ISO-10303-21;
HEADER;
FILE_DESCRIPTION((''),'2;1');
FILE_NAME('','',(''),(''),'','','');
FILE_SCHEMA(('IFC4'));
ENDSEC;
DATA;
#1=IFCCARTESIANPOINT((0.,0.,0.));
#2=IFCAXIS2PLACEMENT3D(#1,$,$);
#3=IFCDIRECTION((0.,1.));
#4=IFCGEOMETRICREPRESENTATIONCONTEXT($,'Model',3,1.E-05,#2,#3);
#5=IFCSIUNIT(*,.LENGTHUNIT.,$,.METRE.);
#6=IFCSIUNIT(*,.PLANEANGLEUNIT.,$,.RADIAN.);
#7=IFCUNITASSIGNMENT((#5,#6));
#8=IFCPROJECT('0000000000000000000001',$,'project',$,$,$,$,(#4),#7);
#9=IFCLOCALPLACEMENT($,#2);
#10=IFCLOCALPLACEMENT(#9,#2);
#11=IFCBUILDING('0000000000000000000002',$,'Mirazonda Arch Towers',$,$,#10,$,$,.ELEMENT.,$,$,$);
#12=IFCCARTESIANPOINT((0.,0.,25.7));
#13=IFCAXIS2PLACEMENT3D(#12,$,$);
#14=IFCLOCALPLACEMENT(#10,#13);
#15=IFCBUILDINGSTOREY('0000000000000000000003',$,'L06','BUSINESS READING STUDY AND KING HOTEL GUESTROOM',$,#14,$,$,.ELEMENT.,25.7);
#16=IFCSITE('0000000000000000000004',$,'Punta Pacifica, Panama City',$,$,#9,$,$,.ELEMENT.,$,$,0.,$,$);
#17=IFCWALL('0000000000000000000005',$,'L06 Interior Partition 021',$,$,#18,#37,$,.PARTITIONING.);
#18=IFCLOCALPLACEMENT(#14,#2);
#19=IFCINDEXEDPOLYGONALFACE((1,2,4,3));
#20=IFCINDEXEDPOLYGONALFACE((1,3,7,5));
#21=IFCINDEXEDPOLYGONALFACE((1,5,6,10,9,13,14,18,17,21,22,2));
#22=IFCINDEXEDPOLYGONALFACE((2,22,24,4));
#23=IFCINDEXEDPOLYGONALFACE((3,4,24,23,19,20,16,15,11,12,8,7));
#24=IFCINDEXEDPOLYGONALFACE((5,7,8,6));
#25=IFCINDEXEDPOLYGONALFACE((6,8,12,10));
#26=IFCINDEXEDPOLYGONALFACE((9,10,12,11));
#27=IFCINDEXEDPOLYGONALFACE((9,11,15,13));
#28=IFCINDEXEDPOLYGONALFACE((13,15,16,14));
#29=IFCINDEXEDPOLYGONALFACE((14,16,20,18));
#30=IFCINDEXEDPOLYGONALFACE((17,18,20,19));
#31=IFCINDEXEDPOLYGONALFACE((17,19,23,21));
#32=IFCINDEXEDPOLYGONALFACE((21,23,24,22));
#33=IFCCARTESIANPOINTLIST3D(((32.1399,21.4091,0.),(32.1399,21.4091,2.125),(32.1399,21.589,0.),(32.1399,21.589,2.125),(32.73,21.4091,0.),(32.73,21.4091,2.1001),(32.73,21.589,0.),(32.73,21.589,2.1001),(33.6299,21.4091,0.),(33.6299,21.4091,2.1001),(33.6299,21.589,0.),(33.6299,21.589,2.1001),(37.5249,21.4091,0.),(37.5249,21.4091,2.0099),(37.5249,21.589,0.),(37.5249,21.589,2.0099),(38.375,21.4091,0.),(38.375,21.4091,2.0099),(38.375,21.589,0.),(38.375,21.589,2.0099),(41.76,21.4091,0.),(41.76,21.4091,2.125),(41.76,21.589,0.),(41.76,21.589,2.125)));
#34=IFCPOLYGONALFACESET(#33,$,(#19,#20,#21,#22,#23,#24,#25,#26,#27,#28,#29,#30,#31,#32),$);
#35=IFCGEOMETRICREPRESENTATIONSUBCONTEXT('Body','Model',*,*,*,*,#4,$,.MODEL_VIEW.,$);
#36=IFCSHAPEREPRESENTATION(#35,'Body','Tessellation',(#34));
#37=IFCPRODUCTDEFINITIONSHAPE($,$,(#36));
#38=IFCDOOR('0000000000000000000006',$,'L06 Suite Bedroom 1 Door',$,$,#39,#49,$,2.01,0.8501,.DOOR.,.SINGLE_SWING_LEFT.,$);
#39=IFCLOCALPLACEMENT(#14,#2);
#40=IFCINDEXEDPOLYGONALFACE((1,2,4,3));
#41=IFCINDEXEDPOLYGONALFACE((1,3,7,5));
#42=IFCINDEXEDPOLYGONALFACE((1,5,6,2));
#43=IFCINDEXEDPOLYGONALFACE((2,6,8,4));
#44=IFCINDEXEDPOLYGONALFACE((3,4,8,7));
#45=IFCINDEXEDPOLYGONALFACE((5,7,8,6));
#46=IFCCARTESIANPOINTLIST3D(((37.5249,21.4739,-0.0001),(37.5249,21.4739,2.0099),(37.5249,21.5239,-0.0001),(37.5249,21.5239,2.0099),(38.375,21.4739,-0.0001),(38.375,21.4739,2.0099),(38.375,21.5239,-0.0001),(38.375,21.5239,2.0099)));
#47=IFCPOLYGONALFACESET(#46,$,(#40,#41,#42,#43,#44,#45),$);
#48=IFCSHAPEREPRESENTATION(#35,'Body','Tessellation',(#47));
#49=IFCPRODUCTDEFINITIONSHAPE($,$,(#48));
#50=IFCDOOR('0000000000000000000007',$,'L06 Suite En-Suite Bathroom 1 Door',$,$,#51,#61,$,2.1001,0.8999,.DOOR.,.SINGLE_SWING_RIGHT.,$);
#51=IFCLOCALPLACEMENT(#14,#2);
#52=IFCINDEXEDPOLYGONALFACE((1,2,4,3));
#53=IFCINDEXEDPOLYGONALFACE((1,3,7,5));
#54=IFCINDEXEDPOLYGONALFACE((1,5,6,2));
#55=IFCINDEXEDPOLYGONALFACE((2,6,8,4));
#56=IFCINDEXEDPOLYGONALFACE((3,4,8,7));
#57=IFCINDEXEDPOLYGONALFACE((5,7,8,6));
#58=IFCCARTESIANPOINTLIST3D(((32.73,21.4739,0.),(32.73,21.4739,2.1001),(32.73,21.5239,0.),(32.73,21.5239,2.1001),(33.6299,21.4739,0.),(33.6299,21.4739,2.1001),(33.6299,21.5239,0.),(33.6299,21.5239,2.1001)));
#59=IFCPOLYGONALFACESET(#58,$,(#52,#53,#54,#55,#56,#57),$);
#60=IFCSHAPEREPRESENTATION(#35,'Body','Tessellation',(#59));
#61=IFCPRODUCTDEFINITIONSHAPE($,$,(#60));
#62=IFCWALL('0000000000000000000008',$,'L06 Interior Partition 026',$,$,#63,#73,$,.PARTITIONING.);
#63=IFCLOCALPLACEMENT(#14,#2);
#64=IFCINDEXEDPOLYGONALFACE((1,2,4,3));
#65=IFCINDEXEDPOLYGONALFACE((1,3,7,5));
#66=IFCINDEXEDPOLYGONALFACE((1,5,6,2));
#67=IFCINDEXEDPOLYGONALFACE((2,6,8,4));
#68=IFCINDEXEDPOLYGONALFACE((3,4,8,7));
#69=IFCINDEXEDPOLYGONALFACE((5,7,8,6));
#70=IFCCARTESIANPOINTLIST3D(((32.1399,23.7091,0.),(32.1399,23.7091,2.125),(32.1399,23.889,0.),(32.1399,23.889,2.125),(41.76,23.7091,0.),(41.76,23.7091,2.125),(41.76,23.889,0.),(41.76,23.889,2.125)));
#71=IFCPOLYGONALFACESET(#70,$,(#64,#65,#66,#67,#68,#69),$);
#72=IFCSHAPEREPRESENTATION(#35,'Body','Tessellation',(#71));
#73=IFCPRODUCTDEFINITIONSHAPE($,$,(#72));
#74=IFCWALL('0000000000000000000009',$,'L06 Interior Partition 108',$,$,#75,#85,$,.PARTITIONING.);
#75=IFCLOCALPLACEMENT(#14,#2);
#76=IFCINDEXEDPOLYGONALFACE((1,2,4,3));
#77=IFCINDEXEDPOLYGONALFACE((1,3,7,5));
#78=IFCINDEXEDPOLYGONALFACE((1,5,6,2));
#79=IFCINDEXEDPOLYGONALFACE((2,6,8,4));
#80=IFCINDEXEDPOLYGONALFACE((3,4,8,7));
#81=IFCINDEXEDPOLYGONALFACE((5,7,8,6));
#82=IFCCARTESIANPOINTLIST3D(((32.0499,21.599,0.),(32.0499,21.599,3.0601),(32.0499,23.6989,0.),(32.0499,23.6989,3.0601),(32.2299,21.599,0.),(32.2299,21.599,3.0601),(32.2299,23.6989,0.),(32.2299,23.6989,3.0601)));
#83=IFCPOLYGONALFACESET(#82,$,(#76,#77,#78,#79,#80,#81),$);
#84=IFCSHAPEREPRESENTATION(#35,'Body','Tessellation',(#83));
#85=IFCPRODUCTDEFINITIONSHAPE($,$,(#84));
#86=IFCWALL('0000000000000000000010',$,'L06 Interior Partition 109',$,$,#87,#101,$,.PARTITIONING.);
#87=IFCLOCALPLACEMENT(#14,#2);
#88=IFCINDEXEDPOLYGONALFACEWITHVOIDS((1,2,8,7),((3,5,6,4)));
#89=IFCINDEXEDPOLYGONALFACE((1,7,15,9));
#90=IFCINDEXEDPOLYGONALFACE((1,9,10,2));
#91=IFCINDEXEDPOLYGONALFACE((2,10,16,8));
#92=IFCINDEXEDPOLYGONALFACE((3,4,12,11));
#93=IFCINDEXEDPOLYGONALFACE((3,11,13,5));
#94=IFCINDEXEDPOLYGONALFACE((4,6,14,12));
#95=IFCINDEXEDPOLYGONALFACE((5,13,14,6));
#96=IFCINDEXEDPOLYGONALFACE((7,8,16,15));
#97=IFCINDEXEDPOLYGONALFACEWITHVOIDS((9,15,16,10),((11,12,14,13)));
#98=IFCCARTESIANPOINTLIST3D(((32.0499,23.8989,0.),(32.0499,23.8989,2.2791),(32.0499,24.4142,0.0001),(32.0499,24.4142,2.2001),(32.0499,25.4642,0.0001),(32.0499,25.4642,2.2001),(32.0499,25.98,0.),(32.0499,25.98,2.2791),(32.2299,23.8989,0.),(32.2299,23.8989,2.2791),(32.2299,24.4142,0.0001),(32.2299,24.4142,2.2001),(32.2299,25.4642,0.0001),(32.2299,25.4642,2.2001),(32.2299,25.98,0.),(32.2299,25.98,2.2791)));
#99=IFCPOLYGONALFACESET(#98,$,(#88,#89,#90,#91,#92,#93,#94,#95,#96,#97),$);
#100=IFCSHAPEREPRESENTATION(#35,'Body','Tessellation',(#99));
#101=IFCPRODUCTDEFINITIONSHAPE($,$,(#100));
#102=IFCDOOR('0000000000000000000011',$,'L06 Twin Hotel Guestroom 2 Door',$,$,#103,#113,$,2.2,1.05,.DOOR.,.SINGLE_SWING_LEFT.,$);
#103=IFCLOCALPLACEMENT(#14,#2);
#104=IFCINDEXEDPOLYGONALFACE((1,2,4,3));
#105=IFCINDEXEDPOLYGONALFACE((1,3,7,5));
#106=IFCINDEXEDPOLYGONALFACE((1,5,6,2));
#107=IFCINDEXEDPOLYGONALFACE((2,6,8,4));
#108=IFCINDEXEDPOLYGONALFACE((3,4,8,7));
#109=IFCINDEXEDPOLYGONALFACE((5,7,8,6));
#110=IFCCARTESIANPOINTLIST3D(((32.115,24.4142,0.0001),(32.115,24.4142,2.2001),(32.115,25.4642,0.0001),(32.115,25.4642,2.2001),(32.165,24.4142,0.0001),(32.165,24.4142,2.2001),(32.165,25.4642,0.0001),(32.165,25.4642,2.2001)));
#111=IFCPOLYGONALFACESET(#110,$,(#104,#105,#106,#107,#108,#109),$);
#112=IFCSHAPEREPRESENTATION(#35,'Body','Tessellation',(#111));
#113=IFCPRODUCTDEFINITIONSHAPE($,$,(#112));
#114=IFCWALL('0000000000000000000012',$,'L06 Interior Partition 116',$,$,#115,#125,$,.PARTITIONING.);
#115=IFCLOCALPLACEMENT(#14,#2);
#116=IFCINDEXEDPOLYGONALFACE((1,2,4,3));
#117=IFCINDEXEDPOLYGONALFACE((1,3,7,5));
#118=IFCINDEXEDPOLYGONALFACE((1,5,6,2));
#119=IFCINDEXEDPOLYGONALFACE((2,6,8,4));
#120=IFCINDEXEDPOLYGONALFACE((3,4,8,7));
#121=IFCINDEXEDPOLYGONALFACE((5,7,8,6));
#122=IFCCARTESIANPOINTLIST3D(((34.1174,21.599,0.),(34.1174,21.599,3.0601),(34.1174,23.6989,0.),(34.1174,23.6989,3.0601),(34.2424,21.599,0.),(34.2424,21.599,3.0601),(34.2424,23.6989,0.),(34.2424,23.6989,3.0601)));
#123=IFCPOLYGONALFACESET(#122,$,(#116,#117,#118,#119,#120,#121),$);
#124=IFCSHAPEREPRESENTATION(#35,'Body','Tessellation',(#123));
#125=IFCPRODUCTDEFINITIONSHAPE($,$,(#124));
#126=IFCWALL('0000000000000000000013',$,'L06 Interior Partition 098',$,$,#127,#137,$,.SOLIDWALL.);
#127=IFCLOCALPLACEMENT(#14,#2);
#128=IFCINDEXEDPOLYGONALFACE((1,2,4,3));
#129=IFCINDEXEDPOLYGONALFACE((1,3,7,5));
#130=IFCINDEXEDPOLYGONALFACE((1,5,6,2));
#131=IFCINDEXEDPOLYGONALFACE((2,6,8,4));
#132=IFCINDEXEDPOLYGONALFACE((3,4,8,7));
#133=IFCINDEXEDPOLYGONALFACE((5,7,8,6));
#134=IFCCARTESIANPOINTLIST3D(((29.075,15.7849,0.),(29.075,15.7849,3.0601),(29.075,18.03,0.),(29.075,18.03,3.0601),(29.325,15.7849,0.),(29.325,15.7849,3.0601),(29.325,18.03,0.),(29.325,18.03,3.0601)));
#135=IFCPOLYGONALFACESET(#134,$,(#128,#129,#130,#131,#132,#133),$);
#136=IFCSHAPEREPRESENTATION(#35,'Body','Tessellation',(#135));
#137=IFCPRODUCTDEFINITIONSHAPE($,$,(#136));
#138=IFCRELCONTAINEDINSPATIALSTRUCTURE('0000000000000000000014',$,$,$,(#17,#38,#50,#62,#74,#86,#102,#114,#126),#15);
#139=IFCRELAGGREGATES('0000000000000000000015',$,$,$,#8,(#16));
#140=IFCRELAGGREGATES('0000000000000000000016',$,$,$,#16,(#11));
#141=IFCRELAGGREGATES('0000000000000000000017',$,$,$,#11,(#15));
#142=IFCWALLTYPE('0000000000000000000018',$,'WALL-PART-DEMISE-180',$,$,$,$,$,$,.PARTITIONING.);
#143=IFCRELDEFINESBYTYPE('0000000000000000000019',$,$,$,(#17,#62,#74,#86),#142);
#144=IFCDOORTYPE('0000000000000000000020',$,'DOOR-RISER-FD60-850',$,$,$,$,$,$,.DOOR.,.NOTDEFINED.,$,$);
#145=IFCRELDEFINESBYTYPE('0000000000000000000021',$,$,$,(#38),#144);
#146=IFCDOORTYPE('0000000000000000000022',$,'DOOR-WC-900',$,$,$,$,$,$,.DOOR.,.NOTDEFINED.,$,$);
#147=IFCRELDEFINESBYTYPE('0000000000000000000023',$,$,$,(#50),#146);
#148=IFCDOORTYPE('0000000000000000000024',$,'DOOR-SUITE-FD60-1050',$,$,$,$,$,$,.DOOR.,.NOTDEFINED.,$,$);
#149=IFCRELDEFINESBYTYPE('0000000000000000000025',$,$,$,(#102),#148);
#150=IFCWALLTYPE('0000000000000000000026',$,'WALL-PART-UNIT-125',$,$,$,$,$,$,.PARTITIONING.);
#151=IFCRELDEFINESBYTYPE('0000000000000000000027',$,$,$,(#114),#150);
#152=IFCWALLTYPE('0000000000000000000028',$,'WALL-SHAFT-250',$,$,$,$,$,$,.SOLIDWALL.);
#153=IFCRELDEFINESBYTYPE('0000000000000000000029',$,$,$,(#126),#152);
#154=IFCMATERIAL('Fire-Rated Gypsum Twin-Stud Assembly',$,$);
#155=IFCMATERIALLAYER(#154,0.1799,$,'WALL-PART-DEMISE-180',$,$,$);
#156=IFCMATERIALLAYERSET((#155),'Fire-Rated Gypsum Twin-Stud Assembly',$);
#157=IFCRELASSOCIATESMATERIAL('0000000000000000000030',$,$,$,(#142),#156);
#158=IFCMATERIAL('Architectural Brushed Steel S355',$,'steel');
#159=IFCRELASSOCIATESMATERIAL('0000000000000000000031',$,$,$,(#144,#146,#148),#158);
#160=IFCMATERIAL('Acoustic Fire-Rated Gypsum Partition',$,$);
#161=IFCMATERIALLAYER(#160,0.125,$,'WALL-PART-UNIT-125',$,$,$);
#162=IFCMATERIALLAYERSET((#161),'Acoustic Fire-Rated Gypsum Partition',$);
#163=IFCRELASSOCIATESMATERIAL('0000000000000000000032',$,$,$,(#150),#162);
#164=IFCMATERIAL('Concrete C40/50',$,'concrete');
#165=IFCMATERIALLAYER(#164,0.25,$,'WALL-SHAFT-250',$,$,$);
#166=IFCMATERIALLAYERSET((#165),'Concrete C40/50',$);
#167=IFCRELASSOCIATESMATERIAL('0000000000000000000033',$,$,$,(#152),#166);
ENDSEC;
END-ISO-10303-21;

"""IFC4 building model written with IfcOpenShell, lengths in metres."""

from ifc_helpers import new_model, si_unit, direction, frame, frame_2d, origin, place, context, subcontext, project, spatial, rectangle, extrude, material, layer, layer_set, type_object, element, fill, save


model = new_model("IFC4")

# Units and contexts
model_context = context("Model", 3, precision=1e-05, world=origin(), true_north=direction((0.0, 1.0)))
body_context = subcontext(model_context, "Body", "Model", "MODEL_VIEW")
ifc_project = project(units=[si_unit("LENGTHUNIT", "METRE"), si_unit("PLANEANGLEUNIT", "RADIAN")], contexts=[model_context])

# Site, building, storey
site_placement = place(None, origin())
site = spatial("IfcSite", under=ifc_project, at=site_placement, Name="Punta Pacifica, Panama City", CompositionType="ELEMENT", RefElevation=0.0)
building_placement = place(site_placement, origin())
building = spatial("IfcBuilding", under=site, at=building_placement, Name="Mirazonda Arch Towers", CompositionType="ELEMENT")
storey_placement = place(building_placement, frame((0.0, 0.0, 25.7)))
storey = spatial("IfcBuildingStorey", under=building, at=storey_placement, Name="L06", Description="BUSINESS READING STUDY AND KING HOTEL GUESTROOM", CompositionType="ELEMENT", Elevation=25.7)

# Wall, openings, doors
ifc_material_1 = material(Name="Fire-Rated Gypsum Twin-Stud Assembly")
ifc_layer_1 = layer(ifc_material_1, 0.1799, Name="WALL-PART-DEMISE-180")
ifc_layer_set_1 = layer_set([ifc_layer_1], Name="Fire-Rated Gypsum Twin-Stud Assembly")
wall_type_1 = type_object("IfcWallType", Name="WALL-PART-DEMISE-180", PredefinedType="PARTITIONING", material=ifc_layer_set_1)
wall_1_placement = place(storey_placement, frame((32.1399, 21.499, 0.0), z_axis=(0.0, 0.0, 1.0), x_axis=(1.0, 0.0, 0.0)))
wall_1 = element("IfcWall", 1, at=wall_1_placement, inside=storey, type_object=wall_type_1, Name="L06 Interior Partition 021", PredefinedType="PARTITIONING", context=body_context, shape_type="SweptSolid", body=[
    extrude(rectangle(XDim=9.6201, YDim=0.1799, at=frame_2d((4.8101, 0.0))), origin(), (0.0, 0.0, 1.0), 2.125),
])
opening_1_placement = place(wall_1_placement, frame((5.385, 0.0, 0.0)))
opening_1 = element("IfcOpeningElement", 2, at=opening_1_placement, cuts=wall_1, PredefinedType="OPENING", context=body_context, shape_type="SweptSolid", body=[
    extrude(rectangle(XDim=0.8501, YDim=2.01, at=frame_2d((0.425, 1.0049))), frame((0.0, 0.0999, 0.0), z_axis=(0.0, -1.0, 0.0), x_axis=(1.0, 0.0, 0.0)), (0.0, 0.0, 1.0), 0.2),
])
opening_2_placement = place(wall_1_placement, frame((0.5901, 0.0, 0.0)))
opening_2 = element("IfcOpeningElement", 3, at=opening_2_placement, cuts=wall_1, PredefinedType="OPENING", context=body_context, shape_type="SweptSolid", body=[
    extrude(rectangle(XDim=0.8999, YDim=2.1001, at=frame_2d((0.45, 1.05))), frame((0.0, 0.0999, 0.0), z_axis=(0.0, -1.0, 0.0), x_axis=(1.0, 0.0, 0.0)), (0.0, 0.0, 1.0), 0.2),
])
ifc_material_2 = material(Name="Architectural Brushed Steel S355", Category="steel")
door_type_1 = type_object("IfcDoorType", Name="DOOR-RISER-FD60-850", OperationType="NOTDEFINED", PredefinedType="DOOR", material=ifc_material_2)
door_1_placement = place(opening_1_placement, origin())
door_1 = element("IfcDoor", 4, at=door_1_placement, inside=storey, type_object=door_type_1, Name="L06 Suite Bedroom 1 Door", OperationType="SINGLE_SWING_LEFT", OverallHeight=2.01, OverallWidth=0.8501, PredefinedType="DOOR", context=body_context, shape_type="SweptSolid", body=[
    extrude(rectangle(XDim=0.8501, YDim=2.01, at=frame_2d((0.425, 1.0049))), frame((0.0, 0.0249, 0.0), z_axis=(0.0, -1.0, 0.0), x_axis=(1.0, 0.0, 0.0)), (0.0, 0.0, 1.0), 0.05),
])
fill(opening_1, door_1)
door_type_2 = type_object("IfcDoorType", Name="DOOR-WC-900", OperationType="NOTDEFINED", PredefinedType="DOOR", material=ifc_material_2)
door_2_placement = place(opening_2_placement, origin())
door_2 = element("IfcDoor", 5, at=door_2_placement, inside=storey, type_object=door_type_2, Name="L06 Suite En-Suite Bathroom 1 Door", OperationType="SINGLE_SWING_RIGHT", OverallHeight=2.1001, OverallWidth=0.8999, PredefinedType="DOOR", context=body_context, shape_type="SweptSolid", body=[
    extrude(rectangle(XDim=0.8999, YDim=2.1001, at=frame_2d((0.45, 1.05))), frame((0.0, 0.0249, 0.0), z_axis=(0.0, -1.0, 0.0), x_axis=(1.0, 0.0, 0.0)), (0.0, 0.0, 1.0), 0.05),
])
fill(opening_2, door_2)

# Walls
wall_2_placement = place(storey_placement, frame((32.1399, 23.7991, 0.0), z_axis=(0.0, 0.0, 1.0), x_axis=(1.0, 0.0, 0.0)))
element("IfcWall", 6, at=wall_2_placement, inside=storey, type_object=wall_type_1, Name="L06 Interior Partition 026", PredefinedType="PARTITIONING", context=body_context, shape_type="SweptSolid", body=[
    extrude(rectangle(XDim=9.6201, YDim=0.1799, at=frame_2d((4.8101, 0.0))), origin(), (0.0, 0.0, 1.0), 2.125),
])
wall_3_placement = place(storey_placement, frame((32.1399, 21.5991, 0.0), z_axis=(0.0, 0.0, 1.0), x_axis=(0.0, 1.0, 0.0)))
element("IfcWall", 7, at=wall_3_placement, inside=storey, type_object=wall_type_1, Name="L06 Interior Partition 108", PredefinedType="PARTITIONING", context=body_context, shape_type="SweptSolid", body=[
    extrude(rectangle(XDim=2.0999, YDim=0.1799, at=frame_2d((1.0498, 0.0))), origin(), (0.0, 0.0, 1.0), 3.0601),
])

# Wall, opening, door
wall_4_placement = place(storey_placement, frame((32.1399, 23.8989, 0.0), z_axis=(0.0, 0.0, 1.0), x_axis=(0.0, 1.0, 0.0)))
wall_4 = element("IfcWall", 8, at=wall_4_placement, inside=storey, type_object=wall_type_1, Name="L06 Interior Partition 109", PredefinedType="PARTITIONING", context=body_context, shape_type="SweptSolid", body=[
    extrude(rectangle(XDim=2.0811, YDim=0.1799, at=frame_2d((1.0405, 0.0))), origin(), (0.0, 0.0, 1.0), 2.2791),
])
opening_3_placement = place(wall_4_placement, frame((0.5154, 0.0, 0.0)))
opening_3 = element("IfcOpeningElement", 9, at=opening_3_placement, cuts=wall_4, PredefinedType="OPENING", context=body_context, shape_type="SweptSolid", body=[
    extrude(rectangle(XDim=1.05, YDim=2.2, at=frame_2d((0.5249, 1.1001))), frame((0.0, 0.0999, 0.0), z_axis=(0.0, -1.0, 0.0), x_axis=(1.0, 0.0, 0.0)), (0.0, 0.0, 1.0), 0.2),
])
door_type_3 = type_object("IfcDoorType", Name="DOOR-SUITE-FD60-1050", OperationType="NOTDEFINED", PredefinedType="DOOR", material=ifc_material_2)
door_3_placement = place(opening_3_placement, origin())
door_3 = element("IfcDoor", 10, at=door_3_placement, inside=storey, type_object=door_type_3, Name="L06 Twin Hotel Guestroom 2 Door", OperationType="SINGLE_SWING_LEFT", OverallHeight=2.2, OverallWidth=1.05, PredefinedType="DOOR", context=body_context, shape_type="SweptSolid", body=[
    extrude(rectangle(XDim=1.05, YDim=2.2, at=frame_2d((0.5249, 1.1001))), frame((0.0, 0.0249, 0.0), z_axis=(0.0, -1.0, 0.0), x_axis=(1.0, 0.0, 0.0)), (0.0, 0.0, 1.0), 0.05),
])
fill(opening_3, door_3)

# Walls
ifc_material_3 = material(Name="Acoustic Fire-Rated Gypsum Partition")
ifc_layer_2 = layer(ifc_material_3, 0.125, Name="WALL-PART-UNIT-125")
ifc_layer_set_2 = layer_set([ifc_layer_2], Name="Acoustic Fire-Rated Gypsum Partition")
wall_type_2 = type_object("IfcWallType", Name="WALL-PART-UNIT-125", PredefinedType="PARTITIONING", material=ifc_layer_set_2)
wall_5_placement = place(storey_placement, frame((34.1799, 21.5991, 0.0), z_axis=(0.0, 0.0, 1.0), x_axis=(0.0, 1.0, 0.0)))
element("IfcWall", 11, at=wall_5_placement, inside=storey, type_object=wall_type_2, Name="L06 Interior Partition 116", PredefinedType="PARTITIONING", context=body_context, shape_type="SweptSolid", body=[
    extrude(rectangle(XDim=2.0999, YDim=0.125, at=frame_2d((1.0498, 0.0))), origin(), (0.0, 0.0, 1.0), 3.0601),
])
ifc_material_4 = material(Name="Concrete C40/50", Category="concrete")
ifc_layer_3 = layer(ifc_material_4, 0.25, Name="WALL-SHAFT-250")
ifc_layer_set_3 = layer_set([ifc_layer_3], Name="Concrete C40/50")
wall_type_3 = type_object("IfcWallType", Name="WALL-SHAFT-250", PredefinedType="SOLIDWALL", material=ifc_layer_set_3)
wall_6_placement = place(storey_placement, frame((29.2, 15.7849, 0.0), z_axis=(0.0, 0.0, 1.0), x_axis=(0.0, 1.0, 0.0)))
element("IfcWall", 12, at=wall_6_placement, inside=storey, type_object=wall_type_3, Name="L06 Interior Partition 098", PredefinedType="SOLIDWALL", context=body_context, shape_type="SweptSolid", body=[
    extrude(rectangle(XDim=2.2451, YDim=0.25, at=frame_2d((1.1226, 0.0))), origin(), (0.0, 0.0, 1.0), 3.0601),
])

save(model, "model.ifc")
